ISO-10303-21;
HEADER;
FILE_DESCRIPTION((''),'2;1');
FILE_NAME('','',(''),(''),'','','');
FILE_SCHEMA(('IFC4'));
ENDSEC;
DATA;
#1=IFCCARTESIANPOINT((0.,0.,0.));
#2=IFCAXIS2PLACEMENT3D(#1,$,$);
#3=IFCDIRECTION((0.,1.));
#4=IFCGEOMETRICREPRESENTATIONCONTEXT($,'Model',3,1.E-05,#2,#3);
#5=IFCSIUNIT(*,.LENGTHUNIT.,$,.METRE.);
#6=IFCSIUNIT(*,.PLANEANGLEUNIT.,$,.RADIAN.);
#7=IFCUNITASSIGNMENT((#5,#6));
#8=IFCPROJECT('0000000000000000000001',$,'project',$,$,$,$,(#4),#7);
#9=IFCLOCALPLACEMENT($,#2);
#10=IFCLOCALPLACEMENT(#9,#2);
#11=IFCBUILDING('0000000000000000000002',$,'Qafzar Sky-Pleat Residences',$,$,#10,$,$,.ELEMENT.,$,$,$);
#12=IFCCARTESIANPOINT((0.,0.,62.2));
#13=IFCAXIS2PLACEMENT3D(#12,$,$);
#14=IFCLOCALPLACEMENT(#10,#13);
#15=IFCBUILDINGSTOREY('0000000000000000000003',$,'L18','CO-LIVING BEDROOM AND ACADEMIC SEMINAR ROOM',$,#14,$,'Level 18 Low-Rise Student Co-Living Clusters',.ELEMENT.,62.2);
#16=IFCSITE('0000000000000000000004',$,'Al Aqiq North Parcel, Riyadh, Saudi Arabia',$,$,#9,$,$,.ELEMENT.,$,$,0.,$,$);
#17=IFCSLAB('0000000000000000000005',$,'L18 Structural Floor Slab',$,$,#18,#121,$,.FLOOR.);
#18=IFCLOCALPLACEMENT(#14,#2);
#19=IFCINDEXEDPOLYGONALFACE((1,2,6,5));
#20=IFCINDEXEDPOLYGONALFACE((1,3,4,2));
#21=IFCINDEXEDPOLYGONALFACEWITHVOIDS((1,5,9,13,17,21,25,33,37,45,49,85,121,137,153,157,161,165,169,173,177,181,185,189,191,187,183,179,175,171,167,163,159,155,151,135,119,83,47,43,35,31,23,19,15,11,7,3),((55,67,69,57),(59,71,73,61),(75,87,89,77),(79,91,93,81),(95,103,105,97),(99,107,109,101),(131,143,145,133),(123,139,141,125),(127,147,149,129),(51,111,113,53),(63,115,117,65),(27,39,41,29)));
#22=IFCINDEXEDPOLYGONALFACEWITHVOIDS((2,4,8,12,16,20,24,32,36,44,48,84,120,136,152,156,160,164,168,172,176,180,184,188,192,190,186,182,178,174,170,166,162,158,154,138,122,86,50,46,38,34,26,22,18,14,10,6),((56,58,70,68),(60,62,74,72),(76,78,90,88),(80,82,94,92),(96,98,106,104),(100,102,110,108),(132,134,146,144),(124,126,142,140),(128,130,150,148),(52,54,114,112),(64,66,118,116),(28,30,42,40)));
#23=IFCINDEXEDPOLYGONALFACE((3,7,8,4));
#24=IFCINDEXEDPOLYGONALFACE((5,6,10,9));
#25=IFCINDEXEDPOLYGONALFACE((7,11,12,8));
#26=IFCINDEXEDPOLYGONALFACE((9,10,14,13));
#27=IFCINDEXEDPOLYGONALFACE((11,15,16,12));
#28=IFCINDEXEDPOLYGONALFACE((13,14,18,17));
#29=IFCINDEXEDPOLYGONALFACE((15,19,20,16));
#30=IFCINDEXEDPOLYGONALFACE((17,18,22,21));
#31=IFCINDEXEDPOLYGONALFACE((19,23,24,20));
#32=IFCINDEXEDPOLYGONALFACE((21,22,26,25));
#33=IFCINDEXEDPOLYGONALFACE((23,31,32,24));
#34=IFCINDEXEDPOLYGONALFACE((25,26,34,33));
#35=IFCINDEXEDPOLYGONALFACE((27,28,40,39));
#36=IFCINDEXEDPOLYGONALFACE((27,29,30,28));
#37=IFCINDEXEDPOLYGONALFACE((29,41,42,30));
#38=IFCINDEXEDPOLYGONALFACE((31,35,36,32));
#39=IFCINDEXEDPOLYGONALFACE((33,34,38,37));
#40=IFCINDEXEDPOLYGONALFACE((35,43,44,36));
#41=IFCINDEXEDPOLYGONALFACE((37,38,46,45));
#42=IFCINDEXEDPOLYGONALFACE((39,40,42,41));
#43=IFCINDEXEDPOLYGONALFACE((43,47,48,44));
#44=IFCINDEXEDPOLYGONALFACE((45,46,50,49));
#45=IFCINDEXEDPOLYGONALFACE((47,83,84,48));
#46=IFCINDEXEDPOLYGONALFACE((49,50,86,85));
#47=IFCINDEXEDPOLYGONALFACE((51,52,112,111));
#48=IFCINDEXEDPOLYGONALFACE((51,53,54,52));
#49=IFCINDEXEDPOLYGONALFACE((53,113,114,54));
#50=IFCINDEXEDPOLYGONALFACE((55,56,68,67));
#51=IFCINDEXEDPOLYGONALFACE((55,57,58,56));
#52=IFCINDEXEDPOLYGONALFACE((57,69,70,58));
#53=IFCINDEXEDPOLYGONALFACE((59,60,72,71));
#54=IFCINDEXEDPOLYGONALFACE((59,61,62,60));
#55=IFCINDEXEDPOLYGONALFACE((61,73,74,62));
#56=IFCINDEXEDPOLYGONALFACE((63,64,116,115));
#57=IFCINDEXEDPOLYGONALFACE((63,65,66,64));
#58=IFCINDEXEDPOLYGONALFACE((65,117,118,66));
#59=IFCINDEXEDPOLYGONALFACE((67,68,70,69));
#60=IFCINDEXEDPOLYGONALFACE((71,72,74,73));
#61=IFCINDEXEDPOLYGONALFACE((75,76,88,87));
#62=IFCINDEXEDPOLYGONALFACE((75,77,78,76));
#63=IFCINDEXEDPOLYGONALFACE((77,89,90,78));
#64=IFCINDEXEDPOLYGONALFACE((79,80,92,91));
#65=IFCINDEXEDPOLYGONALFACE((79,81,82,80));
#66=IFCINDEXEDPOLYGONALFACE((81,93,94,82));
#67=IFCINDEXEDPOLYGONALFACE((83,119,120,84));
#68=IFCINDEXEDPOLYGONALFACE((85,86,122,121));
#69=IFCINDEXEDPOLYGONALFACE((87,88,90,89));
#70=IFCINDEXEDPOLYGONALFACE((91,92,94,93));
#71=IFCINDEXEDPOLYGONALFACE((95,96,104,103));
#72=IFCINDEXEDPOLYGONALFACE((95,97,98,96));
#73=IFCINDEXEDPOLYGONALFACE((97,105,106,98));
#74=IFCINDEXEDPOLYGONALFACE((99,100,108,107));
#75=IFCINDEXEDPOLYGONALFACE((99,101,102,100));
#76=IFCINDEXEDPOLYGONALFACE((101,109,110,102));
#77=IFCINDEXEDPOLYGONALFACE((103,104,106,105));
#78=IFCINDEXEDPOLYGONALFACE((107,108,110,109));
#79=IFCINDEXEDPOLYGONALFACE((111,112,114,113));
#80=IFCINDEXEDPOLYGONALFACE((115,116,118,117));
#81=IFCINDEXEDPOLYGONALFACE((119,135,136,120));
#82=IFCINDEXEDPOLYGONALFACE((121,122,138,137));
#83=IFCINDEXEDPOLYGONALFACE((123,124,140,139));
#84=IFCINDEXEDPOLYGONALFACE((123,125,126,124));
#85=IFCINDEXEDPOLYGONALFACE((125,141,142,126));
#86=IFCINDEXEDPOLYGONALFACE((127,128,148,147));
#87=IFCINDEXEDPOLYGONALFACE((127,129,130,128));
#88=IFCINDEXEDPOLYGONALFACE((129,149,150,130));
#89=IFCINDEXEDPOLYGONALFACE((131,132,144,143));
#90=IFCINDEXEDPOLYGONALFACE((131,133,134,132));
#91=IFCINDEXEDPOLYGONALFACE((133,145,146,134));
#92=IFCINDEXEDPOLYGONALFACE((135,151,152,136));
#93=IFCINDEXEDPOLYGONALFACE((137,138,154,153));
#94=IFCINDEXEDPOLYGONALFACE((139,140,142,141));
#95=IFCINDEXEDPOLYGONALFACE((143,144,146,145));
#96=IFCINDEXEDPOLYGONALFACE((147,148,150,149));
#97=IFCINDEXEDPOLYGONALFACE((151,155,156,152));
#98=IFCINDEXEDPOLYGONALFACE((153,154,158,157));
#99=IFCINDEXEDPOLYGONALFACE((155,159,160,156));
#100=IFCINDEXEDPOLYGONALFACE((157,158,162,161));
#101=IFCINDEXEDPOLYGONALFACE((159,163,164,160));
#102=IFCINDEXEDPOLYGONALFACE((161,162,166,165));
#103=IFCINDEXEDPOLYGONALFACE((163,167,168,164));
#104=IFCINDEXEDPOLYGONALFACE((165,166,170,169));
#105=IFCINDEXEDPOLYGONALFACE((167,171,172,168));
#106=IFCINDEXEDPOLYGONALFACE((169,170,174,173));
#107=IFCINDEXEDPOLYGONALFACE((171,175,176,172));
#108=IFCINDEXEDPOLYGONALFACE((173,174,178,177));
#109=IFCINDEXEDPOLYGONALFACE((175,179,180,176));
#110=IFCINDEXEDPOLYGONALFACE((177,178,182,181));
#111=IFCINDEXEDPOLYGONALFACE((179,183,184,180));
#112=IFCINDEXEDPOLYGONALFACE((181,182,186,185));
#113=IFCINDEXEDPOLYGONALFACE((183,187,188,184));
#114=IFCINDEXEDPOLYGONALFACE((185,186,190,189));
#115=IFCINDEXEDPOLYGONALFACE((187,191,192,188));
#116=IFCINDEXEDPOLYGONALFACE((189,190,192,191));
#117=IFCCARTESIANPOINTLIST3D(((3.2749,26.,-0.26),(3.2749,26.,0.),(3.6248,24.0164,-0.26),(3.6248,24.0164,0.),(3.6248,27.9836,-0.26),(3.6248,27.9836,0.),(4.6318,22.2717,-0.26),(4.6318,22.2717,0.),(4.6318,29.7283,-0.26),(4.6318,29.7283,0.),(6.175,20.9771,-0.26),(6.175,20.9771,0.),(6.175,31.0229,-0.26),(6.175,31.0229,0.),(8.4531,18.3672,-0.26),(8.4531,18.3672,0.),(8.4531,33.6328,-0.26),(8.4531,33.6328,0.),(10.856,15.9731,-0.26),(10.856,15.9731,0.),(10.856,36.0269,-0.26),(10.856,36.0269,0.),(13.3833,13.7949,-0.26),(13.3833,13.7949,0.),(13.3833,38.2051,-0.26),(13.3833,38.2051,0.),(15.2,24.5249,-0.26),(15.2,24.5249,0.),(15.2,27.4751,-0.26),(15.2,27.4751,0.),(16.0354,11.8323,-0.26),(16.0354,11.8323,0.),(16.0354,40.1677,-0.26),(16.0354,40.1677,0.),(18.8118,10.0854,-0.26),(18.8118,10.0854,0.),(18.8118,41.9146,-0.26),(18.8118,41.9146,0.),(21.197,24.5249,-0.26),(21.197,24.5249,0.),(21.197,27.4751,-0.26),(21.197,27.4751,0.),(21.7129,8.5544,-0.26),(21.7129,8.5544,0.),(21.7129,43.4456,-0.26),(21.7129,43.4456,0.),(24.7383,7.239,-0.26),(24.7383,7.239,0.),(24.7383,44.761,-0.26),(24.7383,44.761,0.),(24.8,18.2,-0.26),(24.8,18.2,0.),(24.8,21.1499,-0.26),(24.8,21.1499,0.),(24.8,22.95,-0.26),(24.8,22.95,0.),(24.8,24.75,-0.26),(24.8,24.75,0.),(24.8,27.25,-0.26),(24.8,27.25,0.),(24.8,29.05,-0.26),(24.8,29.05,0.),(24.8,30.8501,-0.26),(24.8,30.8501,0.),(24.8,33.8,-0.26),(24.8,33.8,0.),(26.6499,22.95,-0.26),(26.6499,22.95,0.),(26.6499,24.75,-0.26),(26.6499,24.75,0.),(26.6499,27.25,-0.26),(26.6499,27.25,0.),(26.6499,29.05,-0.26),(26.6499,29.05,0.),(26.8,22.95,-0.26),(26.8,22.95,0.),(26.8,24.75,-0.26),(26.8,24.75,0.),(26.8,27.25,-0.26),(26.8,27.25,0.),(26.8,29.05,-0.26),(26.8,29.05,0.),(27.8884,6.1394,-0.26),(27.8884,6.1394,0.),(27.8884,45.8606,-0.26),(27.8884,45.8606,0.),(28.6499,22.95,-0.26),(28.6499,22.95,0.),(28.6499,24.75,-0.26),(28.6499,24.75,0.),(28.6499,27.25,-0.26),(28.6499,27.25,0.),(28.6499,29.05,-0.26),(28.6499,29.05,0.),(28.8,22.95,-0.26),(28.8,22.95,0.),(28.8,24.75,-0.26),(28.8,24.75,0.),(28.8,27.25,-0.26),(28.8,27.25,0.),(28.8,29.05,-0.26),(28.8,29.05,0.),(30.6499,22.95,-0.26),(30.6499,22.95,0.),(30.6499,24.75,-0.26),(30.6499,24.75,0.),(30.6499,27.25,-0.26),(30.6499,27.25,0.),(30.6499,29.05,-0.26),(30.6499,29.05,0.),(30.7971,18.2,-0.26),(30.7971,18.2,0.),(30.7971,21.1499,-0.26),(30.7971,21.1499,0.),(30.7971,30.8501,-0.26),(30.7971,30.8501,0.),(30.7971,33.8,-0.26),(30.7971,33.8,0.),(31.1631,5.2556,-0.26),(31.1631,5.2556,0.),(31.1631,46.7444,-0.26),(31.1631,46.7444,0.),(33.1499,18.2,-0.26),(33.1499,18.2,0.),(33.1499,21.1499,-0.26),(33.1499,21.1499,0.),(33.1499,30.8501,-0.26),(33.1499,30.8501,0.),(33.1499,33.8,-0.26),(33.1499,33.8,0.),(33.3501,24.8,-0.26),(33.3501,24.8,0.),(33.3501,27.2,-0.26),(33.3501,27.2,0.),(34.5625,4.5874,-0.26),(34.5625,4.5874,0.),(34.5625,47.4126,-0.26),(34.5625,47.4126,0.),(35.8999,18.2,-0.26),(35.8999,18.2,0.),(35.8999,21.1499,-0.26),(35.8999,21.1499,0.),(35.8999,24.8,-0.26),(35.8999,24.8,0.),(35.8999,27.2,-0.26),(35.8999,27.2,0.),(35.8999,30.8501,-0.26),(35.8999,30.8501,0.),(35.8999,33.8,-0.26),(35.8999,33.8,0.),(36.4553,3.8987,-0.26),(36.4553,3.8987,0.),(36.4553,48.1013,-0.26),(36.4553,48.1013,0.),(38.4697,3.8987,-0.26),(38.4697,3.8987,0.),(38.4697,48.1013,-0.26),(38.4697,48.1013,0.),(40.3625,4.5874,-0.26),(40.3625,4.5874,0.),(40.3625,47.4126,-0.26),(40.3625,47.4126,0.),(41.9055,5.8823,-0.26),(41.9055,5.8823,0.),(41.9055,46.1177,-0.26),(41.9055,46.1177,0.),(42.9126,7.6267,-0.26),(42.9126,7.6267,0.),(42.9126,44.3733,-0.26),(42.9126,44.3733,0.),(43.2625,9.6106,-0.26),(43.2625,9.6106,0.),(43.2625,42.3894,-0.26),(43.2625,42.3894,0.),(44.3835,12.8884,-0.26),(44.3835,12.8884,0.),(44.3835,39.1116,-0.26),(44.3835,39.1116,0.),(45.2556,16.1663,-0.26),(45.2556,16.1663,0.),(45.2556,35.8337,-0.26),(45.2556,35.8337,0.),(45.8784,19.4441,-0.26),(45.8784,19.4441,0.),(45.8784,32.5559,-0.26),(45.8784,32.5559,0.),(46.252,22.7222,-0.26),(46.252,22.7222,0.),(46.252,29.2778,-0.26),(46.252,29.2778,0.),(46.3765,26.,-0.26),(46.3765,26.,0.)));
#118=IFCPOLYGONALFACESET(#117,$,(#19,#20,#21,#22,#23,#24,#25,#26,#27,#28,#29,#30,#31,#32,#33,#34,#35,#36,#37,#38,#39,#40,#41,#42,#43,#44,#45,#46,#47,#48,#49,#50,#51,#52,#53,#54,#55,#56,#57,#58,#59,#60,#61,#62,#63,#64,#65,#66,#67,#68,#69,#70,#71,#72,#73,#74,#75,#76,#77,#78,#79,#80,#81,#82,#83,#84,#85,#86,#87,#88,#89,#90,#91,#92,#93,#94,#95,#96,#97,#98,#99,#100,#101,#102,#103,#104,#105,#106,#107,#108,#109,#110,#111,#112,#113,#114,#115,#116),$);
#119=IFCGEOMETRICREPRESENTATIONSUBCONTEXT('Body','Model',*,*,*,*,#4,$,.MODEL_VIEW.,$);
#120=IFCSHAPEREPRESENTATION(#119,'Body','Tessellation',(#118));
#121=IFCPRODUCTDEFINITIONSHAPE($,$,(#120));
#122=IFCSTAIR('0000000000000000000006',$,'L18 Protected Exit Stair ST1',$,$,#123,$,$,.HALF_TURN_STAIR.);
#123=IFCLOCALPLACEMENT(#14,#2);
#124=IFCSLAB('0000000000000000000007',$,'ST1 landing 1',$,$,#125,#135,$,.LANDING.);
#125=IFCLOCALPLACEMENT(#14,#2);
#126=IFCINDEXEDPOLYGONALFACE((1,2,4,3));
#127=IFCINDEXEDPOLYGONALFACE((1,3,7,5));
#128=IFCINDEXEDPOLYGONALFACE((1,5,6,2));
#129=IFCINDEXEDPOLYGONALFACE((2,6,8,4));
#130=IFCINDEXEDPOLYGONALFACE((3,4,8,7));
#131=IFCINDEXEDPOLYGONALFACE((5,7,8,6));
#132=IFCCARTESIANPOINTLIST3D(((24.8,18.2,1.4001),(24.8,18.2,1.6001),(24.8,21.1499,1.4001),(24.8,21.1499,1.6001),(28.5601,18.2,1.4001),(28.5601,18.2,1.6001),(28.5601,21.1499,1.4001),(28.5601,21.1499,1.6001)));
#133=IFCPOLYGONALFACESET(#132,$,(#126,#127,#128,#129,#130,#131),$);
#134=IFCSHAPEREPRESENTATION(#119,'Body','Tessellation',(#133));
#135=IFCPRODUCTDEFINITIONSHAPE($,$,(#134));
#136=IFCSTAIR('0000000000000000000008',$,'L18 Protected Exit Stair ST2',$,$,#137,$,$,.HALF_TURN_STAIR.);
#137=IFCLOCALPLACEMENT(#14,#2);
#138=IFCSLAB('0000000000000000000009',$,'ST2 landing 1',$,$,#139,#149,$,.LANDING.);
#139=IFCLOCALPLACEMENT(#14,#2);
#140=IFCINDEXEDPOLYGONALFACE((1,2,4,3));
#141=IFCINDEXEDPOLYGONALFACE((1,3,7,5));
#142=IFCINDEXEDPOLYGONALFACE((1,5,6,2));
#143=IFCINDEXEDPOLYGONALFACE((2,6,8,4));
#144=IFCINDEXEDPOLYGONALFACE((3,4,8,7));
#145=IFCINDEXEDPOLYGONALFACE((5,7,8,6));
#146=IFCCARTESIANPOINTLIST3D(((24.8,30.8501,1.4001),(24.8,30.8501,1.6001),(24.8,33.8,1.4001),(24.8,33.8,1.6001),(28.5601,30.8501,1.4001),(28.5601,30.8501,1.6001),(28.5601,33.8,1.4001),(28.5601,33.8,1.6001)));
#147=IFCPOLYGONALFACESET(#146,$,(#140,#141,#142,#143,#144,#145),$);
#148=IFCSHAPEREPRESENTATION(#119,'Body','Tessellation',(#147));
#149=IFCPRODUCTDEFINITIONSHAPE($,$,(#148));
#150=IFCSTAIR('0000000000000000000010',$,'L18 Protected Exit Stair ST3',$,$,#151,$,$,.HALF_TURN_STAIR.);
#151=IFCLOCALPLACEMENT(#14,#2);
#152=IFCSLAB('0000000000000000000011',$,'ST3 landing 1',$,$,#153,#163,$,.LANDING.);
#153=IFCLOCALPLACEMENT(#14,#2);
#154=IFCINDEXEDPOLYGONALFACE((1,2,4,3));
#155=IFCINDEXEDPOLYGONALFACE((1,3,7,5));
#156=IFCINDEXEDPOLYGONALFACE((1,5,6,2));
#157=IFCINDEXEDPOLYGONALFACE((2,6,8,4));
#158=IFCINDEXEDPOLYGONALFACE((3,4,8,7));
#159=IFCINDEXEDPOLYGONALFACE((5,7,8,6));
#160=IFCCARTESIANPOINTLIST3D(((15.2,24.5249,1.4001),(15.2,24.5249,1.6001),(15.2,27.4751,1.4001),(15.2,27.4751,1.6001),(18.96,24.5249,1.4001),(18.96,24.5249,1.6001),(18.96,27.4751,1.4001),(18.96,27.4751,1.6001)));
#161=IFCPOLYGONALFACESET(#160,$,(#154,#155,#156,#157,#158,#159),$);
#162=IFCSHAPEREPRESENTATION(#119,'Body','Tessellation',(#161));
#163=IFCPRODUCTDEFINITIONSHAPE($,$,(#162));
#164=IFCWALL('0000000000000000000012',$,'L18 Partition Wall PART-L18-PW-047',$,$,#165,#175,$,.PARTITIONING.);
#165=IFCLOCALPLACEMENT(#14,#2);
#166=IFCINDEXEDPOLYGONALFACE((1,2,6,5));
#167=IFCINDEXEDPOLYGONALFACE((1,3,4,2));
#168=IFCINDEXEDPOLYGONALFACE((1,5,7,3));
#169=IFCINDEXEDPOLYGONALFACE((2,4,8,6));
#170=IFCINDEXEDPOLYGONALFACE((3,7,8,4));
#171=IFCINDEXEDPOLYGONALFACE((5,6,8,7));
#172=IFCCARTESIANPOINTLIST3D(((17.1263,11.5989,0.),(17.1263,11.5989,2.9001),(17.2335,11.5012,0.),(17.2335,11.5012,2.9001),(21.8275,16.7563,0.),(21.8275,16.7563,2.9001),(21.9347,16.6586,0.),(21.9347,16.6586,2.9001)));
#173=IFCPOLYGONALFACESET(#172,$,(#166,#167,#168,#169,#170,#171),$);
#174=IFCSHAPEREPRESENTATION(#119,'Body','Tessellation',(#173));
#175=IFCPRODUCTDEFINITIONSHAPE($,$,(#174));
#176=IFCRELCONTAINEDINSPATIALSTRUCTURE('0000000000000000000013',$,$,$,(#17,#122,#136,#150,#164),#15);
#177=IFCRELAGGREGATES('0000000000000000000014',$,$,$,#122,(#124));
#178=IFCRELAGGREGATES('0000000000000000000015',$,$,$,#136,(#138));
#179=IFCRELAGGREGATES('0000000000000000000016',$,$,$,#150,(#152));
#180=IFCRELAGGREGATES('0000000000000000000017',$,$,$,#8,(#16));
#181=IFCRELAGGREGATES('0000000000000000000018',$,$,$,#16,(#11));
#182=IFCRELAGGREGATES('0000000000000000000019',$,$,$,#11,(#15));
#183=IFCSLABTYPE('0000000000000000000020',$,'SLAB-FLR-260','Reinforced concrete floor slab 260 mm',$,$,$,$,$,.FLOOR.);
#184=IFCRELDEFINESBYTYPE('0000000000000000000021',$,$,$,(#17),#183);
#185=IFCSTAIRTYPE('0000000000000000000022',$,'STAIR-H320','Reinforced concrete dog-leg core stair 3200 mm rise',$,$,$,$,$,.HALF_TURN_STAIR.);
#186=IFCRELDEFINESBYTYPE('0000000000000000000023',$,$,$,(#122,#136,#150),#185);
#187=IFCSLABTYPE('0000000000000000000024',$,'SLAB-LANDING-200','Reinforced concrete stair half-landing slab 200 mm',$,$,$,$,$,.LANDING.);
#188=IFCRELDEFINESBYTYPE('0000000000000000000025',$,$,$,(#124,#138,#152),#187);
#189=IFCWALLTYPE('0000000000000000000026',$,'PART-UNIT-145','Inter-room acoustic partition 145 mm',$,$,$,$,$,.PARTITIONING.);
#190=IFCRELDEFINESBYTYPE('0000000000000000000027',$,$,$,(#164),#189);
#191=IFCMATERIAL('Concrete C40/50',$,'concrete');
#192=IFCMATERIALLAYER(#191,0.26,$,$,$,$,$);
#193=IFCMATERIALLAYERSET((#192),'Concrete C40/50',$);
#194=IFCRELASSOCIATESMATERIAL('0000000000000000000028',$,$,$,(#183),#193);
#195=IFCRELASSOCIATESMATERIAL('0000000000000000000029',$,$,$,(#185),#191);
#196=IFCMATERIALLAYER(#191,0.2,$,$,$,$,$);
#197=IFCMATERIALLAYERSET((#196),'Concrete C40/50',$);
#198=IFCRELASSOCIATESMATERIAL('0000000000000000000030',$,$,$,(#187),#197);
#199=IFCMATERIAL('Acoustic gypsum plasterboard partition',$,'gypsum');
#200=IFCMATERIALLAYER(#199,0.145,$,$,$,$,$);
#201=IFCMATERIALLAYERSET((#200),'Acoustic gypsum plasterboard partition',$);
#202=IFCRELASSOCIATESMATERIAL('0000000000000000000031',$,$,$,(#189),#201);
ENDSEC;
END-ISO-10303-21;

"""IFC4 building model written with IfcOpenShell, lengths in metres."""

from ifc_helpers import new_model, si_unit, direction, frame, frame_2d, origin, place, context, subcontext, project, spatial, polyline, rectangle, outline, extrude, material, layer, layer_set, type_object, element, aggregate, save


model = new_model("IFC4")

# Units and contexts
model_context = context("Model", 3, precision=1e-05, world=origin(), true_north=direction((0.0, 1.0)))
body_context = subcontext(model_context, "Body", "Model", "MODEL_VIEW")
ifc_project = project(units=[si_unit("LENGTHUNIT", "METRE"), si_unit("PLANEANGLEUNIT", "RADIAN")], contexts=[model_context])

# Site, building, storey
site_placement = place(None, origin())
site = spatial("IfcSite", under=ifc_project, at=site_placement, Name="Al Aqiq North Parcel, Riyadh, Saudi Arabia", CompositionType="ELEMENT", RefElevation=0.0)
building_placement = place(site_placement, origin())
building = spatial("IfcBuilding", under=site, at=building_placement, Name="Qafzar Sky-Pleat Residences", CompositionType="ELEMENT")
storey_placement = place(building_placement, frame((0.0, 0.0, 62.2)))
storey = spatial("IfcBuildingStorey", under=building, at=storey_placement, Name="L18", Description="CO-LIVING BEDROOM AND ACADEMIC SEMINAR ROOM", LongName="Level 18 Low-Rise Student Co-Living Clusters", CompositionType="ELEMENT", Elevation=62.2)

# Slab
ifc_material_1 = material(Name="Concrete C40/50", Category="concrete")
ifc_layer_1 = layer(ifc_material_1, 0.26)
ifc_layer_set_1 = layer_set([ifc_layer_1], Name="Concrete C40/50")
slab_type_1 = type_object("IfcSlabType", Name="SLAB-FLR-260", Description="Reinforced concrete floor slab 260 mm", PredefinedType="FLOOR", material=ifc_layer_set_1)
slab_1_placement = place(storey_placement, frame((0.0, 0.0, -0.26)))
element("IfcSlab", 1, at=slab_1_placement, inside=storey, type_object=slab_type_1, Name="L18 Structural Floor Slab", PredefinedType="FLOOR", context=body_context, shape_type="SweptSolid", body=[
    extrude(outline(polyline([(6.175, 31.0229), (4.6318, 29.7283), (3.6248, 27.9836), (3.2749, 26.0), (3.6248, 24.0164), (4.6318, 22.2717), (6.175, 20.9771), (8.4531, 18.3672), (10.856, 15.9731), (13.3833, 13.7949), (16.0354, 11.8323), (18.8118, 10.0854), (21.7129, 8.5544), (24.7383, 7.239), (27.8884, 6.1394), (31.1631, 5.2556), (34.5625, 4.5874), (36.4553, 3.8987), (38.4697, 3.8987), (40.3625, 4.5874), (41.9055, 5.8823), (42.9126, 7.6267), (43.2625, 9.6106), (44.3835, 12.8884), (45.2556, 16.1663), (45.8784, 19.4441), (46.252, 22.7222), (46.3765, 26.0), (46.252, 29.2778), (45.8784, 32.5559), (45.2556, 35.8337), (44.3835, 39.1116), (43.2625, 42.3894), (42.9126, 44.3733), (41.9055, 46.1177), (40.3625, 47.4126), (38.4697, 48.1013), (36.4553, 48.1013), (34.5625, 47.4126), (31.1631, 46.7444), (27.8884, 45.8606), (24.7383, 44.761), (21.7129, 43.4456), (18.8118, 41.9146), (16.0354, 40.1677), (13.3833, 38.2051), (10.856, 36.0269), (8.4531, 33.6328), (6.175, 31.0229)]), holes=[polyline([(30.7971, 21.1499), (24.8, 21.1499), (24.8, 18.2), (30.7971, 18.2), (30.7971, 21.1499)]), polyline([(30.7971, 33.8), (24.8, 33.8), (24.8, 30.8501), (30.7971, 30.8501), (30.7971, 33.8)]), polyline([(21.197, 27.4751), (15.2, 27.4751), (15.2, 24.5249), (21.197, 24.5249), (21.197, 27.4751)]), polyline([(24.8, 22.95), (26.6499, 22.95), (26.6499, 24.75), (24.8, 24.75), (24.8, 22.95)]), polyline([(26.8, 22.95), (28.6499, 22.95), (28.6499, 24.75), (26.8, 24.75), (26.8, 22.95)]), polyline([(28.8, 22.95), (30.6499, 22.95), (30.6499, 24.75), (28.8, 24.75), (28.8, 22.95)]), polyline([(24.8, 27.25), (26.6499, 27.25), (26.6499, 29.05), (24.8, 29.05), (24.8, 27.25)]), polyline([(26.8, 27.25), (28.6499, 27.25), (28.6499, 29.05), (26.8, 29.05), (26.8, 27.25)]), polyline([(28.8, 27.25), (30.6499, 27.25), (30.6499, 29.05), (28.8, 29.05), (28.8, 27.25)]), polyline([(33.1499, 18.2), (35.8999, 18.2), (35.8999, 21.1499), (33.1499, 21.1499), (33.1499, 18.2)]), polyline([(33.1499, 30.8501), (35.8999, 30.8501), (35.8999, 33.8), (33.1499, 33.8), (33.1499, 30.8501)]), polyline([(33.3501, 24.8), (35.8999, 24.8), (35.8999, 27.2), (33.3501, 27.2), (33.3501, 24.8)])]), origin(), (0.0, 0.0, 1.0), 0.26),
])

# Stairs, slabs
stair_type = type_object("IfcStairType", Name="STAIR-H320", Description="Reinforced concrete dog-leg core stair 3200 mm rise", PredefinedType="HALF_TURN_STAIR", material=ifc_material_1)
stair_1_placement = place(storey_placement, origin())
stair_1 = element("IfcStair", 2, at=stair_1_placement, inside=storey, type_object=stair_type, Name="L18 Protected Exit Stair ST1", PredefinedType="HALF_TURN_STAIR")
ifc_layer_2 = layer(ifc_material_1, 0.2)
ifc_layer_set_2 = layer_set([ifc_layer_2], Name="Concrete C40/50")
slab_type_2 = type_object("IfcSlabType", Name="SLAB-LANDING-200", Description="Reinforced concrete stair half-landing slab 200 mm", PredefinedType="LANDING", material=ifc_layer_set_2)
slab_2_placement = place(storey_placement, frame((0.0, 0.0, 1.4001)))
slab_2 = element("IfcSlab", 3, at=slab_2_placement, type_object=slab_type_2, Name="ST1 landing 1", PredefinedType="LANDING", context=body_context, shape_type="SweptSolid", body=[
    extrude(outline(polyline([(28.5601, 21.1499), (24.8, 21.1499), (24.8, 18.2), (28.5601, 18.2), (28.5601, 21.1499)])), origin(), (0.0, 0.0, 1.0), 0.2),
])
aggregate(stair_1, [slab_2])
stair_2_placement = place(storey_placement, origin())
stair_2 = element("IfcStair", 4, at=stair_2_placement, inside=storey, type_object=stair_type, Name="L18 Protected Exit Stair ST2", PredefinedType="HALF_TURN_STAIR")
slab_3_placement = place(storey_placement, frame((0.0, 0.0, 1.4001)))
slab_3 = element("IfcSlab", 5, at=slab_3_placement, type_object=slab_type_2, Name="ST2 landing 1", PredefinedType="LANDING", context=body_context, shape_type="SweptSolid", body=[
    extrude(outline(polyline([(28.5601, 33.8), (24.8, 33.8), (24.8, 30.8501), (28.5601, 30.8501), (28.5601, 33.8)])), origin(), (0.0, 0.0, 1.0), 0.2),
])
aggregate(stair_2, [slab_3])
stair_3_placement = place(storey_placement, origin())
stair_3 = element("IfcStair", 6, at=stair_3_placement, inside=storey, type_object=stair_type, Name="L18 Protected Exit Stair ST3", PredefinedType="HALF_TURN_STAIR")
slab_4_placement = place(storey_placement, frame((0.0, 0.0, 1.4001)))
slab_4 = element("IfcSlab", 7, at=slab_4_placement, type_object=slab_type_2, Name="ST3 landing 1", PredefinedType="LANDING", context=body_context, shape_type="SweptSolid", body=[
    extrude(outline(polyline([(18.96, 27.4751), (15.2, 27.4751), (15.2, 24.5249), (18.96, 24.5249), (18.96, 27.4751)])), origin(), (0.0, 0.0, 1.0), 0.2),
])
aggregate(stair_3, [slab_4])

# Wall
ifc_material_2 = material(Name="Acoustic gypsum plasterboard partition", Category="gypsum")
ifc_layer_3 = layer(ifc_material_2, 0.145)
ifc_layer_set_3 = layer_set([ifc_layer_3], Name="Acoustic gypsum plasterboard partition")
wall_type_1 = type_object("IfcWallType", Name="PART-UNIT-145", Description="Inter-room acoustic partition 145 mm", PredefinedType="PARTITIONING", material=ifc_layer_set_3)
wall_1_placement = place(storey_placement, frame((17.1799, 11.55, 0.0), z_axis=(0.0, 0.0, 1.0), x_axis=(0.673658, 0.739043, 0.0)))
element("IfcWall", 8, at=wall_1_placement, inside=storey, type_object=wall_type_1, Name="L18 Partition Wall PART-L18-PW-047", PredefinedType="PARTITIONING", context=body_context, shape_type="SweptSolid", body=[
    extrude(rectangle(XDim=6.9785, YDim=0.145, at=frame_2d((3.4893, 0.0))), origin(), (0.0, 0.0, 1.0), 2.9001),
])

save(model, "model.ifc")
